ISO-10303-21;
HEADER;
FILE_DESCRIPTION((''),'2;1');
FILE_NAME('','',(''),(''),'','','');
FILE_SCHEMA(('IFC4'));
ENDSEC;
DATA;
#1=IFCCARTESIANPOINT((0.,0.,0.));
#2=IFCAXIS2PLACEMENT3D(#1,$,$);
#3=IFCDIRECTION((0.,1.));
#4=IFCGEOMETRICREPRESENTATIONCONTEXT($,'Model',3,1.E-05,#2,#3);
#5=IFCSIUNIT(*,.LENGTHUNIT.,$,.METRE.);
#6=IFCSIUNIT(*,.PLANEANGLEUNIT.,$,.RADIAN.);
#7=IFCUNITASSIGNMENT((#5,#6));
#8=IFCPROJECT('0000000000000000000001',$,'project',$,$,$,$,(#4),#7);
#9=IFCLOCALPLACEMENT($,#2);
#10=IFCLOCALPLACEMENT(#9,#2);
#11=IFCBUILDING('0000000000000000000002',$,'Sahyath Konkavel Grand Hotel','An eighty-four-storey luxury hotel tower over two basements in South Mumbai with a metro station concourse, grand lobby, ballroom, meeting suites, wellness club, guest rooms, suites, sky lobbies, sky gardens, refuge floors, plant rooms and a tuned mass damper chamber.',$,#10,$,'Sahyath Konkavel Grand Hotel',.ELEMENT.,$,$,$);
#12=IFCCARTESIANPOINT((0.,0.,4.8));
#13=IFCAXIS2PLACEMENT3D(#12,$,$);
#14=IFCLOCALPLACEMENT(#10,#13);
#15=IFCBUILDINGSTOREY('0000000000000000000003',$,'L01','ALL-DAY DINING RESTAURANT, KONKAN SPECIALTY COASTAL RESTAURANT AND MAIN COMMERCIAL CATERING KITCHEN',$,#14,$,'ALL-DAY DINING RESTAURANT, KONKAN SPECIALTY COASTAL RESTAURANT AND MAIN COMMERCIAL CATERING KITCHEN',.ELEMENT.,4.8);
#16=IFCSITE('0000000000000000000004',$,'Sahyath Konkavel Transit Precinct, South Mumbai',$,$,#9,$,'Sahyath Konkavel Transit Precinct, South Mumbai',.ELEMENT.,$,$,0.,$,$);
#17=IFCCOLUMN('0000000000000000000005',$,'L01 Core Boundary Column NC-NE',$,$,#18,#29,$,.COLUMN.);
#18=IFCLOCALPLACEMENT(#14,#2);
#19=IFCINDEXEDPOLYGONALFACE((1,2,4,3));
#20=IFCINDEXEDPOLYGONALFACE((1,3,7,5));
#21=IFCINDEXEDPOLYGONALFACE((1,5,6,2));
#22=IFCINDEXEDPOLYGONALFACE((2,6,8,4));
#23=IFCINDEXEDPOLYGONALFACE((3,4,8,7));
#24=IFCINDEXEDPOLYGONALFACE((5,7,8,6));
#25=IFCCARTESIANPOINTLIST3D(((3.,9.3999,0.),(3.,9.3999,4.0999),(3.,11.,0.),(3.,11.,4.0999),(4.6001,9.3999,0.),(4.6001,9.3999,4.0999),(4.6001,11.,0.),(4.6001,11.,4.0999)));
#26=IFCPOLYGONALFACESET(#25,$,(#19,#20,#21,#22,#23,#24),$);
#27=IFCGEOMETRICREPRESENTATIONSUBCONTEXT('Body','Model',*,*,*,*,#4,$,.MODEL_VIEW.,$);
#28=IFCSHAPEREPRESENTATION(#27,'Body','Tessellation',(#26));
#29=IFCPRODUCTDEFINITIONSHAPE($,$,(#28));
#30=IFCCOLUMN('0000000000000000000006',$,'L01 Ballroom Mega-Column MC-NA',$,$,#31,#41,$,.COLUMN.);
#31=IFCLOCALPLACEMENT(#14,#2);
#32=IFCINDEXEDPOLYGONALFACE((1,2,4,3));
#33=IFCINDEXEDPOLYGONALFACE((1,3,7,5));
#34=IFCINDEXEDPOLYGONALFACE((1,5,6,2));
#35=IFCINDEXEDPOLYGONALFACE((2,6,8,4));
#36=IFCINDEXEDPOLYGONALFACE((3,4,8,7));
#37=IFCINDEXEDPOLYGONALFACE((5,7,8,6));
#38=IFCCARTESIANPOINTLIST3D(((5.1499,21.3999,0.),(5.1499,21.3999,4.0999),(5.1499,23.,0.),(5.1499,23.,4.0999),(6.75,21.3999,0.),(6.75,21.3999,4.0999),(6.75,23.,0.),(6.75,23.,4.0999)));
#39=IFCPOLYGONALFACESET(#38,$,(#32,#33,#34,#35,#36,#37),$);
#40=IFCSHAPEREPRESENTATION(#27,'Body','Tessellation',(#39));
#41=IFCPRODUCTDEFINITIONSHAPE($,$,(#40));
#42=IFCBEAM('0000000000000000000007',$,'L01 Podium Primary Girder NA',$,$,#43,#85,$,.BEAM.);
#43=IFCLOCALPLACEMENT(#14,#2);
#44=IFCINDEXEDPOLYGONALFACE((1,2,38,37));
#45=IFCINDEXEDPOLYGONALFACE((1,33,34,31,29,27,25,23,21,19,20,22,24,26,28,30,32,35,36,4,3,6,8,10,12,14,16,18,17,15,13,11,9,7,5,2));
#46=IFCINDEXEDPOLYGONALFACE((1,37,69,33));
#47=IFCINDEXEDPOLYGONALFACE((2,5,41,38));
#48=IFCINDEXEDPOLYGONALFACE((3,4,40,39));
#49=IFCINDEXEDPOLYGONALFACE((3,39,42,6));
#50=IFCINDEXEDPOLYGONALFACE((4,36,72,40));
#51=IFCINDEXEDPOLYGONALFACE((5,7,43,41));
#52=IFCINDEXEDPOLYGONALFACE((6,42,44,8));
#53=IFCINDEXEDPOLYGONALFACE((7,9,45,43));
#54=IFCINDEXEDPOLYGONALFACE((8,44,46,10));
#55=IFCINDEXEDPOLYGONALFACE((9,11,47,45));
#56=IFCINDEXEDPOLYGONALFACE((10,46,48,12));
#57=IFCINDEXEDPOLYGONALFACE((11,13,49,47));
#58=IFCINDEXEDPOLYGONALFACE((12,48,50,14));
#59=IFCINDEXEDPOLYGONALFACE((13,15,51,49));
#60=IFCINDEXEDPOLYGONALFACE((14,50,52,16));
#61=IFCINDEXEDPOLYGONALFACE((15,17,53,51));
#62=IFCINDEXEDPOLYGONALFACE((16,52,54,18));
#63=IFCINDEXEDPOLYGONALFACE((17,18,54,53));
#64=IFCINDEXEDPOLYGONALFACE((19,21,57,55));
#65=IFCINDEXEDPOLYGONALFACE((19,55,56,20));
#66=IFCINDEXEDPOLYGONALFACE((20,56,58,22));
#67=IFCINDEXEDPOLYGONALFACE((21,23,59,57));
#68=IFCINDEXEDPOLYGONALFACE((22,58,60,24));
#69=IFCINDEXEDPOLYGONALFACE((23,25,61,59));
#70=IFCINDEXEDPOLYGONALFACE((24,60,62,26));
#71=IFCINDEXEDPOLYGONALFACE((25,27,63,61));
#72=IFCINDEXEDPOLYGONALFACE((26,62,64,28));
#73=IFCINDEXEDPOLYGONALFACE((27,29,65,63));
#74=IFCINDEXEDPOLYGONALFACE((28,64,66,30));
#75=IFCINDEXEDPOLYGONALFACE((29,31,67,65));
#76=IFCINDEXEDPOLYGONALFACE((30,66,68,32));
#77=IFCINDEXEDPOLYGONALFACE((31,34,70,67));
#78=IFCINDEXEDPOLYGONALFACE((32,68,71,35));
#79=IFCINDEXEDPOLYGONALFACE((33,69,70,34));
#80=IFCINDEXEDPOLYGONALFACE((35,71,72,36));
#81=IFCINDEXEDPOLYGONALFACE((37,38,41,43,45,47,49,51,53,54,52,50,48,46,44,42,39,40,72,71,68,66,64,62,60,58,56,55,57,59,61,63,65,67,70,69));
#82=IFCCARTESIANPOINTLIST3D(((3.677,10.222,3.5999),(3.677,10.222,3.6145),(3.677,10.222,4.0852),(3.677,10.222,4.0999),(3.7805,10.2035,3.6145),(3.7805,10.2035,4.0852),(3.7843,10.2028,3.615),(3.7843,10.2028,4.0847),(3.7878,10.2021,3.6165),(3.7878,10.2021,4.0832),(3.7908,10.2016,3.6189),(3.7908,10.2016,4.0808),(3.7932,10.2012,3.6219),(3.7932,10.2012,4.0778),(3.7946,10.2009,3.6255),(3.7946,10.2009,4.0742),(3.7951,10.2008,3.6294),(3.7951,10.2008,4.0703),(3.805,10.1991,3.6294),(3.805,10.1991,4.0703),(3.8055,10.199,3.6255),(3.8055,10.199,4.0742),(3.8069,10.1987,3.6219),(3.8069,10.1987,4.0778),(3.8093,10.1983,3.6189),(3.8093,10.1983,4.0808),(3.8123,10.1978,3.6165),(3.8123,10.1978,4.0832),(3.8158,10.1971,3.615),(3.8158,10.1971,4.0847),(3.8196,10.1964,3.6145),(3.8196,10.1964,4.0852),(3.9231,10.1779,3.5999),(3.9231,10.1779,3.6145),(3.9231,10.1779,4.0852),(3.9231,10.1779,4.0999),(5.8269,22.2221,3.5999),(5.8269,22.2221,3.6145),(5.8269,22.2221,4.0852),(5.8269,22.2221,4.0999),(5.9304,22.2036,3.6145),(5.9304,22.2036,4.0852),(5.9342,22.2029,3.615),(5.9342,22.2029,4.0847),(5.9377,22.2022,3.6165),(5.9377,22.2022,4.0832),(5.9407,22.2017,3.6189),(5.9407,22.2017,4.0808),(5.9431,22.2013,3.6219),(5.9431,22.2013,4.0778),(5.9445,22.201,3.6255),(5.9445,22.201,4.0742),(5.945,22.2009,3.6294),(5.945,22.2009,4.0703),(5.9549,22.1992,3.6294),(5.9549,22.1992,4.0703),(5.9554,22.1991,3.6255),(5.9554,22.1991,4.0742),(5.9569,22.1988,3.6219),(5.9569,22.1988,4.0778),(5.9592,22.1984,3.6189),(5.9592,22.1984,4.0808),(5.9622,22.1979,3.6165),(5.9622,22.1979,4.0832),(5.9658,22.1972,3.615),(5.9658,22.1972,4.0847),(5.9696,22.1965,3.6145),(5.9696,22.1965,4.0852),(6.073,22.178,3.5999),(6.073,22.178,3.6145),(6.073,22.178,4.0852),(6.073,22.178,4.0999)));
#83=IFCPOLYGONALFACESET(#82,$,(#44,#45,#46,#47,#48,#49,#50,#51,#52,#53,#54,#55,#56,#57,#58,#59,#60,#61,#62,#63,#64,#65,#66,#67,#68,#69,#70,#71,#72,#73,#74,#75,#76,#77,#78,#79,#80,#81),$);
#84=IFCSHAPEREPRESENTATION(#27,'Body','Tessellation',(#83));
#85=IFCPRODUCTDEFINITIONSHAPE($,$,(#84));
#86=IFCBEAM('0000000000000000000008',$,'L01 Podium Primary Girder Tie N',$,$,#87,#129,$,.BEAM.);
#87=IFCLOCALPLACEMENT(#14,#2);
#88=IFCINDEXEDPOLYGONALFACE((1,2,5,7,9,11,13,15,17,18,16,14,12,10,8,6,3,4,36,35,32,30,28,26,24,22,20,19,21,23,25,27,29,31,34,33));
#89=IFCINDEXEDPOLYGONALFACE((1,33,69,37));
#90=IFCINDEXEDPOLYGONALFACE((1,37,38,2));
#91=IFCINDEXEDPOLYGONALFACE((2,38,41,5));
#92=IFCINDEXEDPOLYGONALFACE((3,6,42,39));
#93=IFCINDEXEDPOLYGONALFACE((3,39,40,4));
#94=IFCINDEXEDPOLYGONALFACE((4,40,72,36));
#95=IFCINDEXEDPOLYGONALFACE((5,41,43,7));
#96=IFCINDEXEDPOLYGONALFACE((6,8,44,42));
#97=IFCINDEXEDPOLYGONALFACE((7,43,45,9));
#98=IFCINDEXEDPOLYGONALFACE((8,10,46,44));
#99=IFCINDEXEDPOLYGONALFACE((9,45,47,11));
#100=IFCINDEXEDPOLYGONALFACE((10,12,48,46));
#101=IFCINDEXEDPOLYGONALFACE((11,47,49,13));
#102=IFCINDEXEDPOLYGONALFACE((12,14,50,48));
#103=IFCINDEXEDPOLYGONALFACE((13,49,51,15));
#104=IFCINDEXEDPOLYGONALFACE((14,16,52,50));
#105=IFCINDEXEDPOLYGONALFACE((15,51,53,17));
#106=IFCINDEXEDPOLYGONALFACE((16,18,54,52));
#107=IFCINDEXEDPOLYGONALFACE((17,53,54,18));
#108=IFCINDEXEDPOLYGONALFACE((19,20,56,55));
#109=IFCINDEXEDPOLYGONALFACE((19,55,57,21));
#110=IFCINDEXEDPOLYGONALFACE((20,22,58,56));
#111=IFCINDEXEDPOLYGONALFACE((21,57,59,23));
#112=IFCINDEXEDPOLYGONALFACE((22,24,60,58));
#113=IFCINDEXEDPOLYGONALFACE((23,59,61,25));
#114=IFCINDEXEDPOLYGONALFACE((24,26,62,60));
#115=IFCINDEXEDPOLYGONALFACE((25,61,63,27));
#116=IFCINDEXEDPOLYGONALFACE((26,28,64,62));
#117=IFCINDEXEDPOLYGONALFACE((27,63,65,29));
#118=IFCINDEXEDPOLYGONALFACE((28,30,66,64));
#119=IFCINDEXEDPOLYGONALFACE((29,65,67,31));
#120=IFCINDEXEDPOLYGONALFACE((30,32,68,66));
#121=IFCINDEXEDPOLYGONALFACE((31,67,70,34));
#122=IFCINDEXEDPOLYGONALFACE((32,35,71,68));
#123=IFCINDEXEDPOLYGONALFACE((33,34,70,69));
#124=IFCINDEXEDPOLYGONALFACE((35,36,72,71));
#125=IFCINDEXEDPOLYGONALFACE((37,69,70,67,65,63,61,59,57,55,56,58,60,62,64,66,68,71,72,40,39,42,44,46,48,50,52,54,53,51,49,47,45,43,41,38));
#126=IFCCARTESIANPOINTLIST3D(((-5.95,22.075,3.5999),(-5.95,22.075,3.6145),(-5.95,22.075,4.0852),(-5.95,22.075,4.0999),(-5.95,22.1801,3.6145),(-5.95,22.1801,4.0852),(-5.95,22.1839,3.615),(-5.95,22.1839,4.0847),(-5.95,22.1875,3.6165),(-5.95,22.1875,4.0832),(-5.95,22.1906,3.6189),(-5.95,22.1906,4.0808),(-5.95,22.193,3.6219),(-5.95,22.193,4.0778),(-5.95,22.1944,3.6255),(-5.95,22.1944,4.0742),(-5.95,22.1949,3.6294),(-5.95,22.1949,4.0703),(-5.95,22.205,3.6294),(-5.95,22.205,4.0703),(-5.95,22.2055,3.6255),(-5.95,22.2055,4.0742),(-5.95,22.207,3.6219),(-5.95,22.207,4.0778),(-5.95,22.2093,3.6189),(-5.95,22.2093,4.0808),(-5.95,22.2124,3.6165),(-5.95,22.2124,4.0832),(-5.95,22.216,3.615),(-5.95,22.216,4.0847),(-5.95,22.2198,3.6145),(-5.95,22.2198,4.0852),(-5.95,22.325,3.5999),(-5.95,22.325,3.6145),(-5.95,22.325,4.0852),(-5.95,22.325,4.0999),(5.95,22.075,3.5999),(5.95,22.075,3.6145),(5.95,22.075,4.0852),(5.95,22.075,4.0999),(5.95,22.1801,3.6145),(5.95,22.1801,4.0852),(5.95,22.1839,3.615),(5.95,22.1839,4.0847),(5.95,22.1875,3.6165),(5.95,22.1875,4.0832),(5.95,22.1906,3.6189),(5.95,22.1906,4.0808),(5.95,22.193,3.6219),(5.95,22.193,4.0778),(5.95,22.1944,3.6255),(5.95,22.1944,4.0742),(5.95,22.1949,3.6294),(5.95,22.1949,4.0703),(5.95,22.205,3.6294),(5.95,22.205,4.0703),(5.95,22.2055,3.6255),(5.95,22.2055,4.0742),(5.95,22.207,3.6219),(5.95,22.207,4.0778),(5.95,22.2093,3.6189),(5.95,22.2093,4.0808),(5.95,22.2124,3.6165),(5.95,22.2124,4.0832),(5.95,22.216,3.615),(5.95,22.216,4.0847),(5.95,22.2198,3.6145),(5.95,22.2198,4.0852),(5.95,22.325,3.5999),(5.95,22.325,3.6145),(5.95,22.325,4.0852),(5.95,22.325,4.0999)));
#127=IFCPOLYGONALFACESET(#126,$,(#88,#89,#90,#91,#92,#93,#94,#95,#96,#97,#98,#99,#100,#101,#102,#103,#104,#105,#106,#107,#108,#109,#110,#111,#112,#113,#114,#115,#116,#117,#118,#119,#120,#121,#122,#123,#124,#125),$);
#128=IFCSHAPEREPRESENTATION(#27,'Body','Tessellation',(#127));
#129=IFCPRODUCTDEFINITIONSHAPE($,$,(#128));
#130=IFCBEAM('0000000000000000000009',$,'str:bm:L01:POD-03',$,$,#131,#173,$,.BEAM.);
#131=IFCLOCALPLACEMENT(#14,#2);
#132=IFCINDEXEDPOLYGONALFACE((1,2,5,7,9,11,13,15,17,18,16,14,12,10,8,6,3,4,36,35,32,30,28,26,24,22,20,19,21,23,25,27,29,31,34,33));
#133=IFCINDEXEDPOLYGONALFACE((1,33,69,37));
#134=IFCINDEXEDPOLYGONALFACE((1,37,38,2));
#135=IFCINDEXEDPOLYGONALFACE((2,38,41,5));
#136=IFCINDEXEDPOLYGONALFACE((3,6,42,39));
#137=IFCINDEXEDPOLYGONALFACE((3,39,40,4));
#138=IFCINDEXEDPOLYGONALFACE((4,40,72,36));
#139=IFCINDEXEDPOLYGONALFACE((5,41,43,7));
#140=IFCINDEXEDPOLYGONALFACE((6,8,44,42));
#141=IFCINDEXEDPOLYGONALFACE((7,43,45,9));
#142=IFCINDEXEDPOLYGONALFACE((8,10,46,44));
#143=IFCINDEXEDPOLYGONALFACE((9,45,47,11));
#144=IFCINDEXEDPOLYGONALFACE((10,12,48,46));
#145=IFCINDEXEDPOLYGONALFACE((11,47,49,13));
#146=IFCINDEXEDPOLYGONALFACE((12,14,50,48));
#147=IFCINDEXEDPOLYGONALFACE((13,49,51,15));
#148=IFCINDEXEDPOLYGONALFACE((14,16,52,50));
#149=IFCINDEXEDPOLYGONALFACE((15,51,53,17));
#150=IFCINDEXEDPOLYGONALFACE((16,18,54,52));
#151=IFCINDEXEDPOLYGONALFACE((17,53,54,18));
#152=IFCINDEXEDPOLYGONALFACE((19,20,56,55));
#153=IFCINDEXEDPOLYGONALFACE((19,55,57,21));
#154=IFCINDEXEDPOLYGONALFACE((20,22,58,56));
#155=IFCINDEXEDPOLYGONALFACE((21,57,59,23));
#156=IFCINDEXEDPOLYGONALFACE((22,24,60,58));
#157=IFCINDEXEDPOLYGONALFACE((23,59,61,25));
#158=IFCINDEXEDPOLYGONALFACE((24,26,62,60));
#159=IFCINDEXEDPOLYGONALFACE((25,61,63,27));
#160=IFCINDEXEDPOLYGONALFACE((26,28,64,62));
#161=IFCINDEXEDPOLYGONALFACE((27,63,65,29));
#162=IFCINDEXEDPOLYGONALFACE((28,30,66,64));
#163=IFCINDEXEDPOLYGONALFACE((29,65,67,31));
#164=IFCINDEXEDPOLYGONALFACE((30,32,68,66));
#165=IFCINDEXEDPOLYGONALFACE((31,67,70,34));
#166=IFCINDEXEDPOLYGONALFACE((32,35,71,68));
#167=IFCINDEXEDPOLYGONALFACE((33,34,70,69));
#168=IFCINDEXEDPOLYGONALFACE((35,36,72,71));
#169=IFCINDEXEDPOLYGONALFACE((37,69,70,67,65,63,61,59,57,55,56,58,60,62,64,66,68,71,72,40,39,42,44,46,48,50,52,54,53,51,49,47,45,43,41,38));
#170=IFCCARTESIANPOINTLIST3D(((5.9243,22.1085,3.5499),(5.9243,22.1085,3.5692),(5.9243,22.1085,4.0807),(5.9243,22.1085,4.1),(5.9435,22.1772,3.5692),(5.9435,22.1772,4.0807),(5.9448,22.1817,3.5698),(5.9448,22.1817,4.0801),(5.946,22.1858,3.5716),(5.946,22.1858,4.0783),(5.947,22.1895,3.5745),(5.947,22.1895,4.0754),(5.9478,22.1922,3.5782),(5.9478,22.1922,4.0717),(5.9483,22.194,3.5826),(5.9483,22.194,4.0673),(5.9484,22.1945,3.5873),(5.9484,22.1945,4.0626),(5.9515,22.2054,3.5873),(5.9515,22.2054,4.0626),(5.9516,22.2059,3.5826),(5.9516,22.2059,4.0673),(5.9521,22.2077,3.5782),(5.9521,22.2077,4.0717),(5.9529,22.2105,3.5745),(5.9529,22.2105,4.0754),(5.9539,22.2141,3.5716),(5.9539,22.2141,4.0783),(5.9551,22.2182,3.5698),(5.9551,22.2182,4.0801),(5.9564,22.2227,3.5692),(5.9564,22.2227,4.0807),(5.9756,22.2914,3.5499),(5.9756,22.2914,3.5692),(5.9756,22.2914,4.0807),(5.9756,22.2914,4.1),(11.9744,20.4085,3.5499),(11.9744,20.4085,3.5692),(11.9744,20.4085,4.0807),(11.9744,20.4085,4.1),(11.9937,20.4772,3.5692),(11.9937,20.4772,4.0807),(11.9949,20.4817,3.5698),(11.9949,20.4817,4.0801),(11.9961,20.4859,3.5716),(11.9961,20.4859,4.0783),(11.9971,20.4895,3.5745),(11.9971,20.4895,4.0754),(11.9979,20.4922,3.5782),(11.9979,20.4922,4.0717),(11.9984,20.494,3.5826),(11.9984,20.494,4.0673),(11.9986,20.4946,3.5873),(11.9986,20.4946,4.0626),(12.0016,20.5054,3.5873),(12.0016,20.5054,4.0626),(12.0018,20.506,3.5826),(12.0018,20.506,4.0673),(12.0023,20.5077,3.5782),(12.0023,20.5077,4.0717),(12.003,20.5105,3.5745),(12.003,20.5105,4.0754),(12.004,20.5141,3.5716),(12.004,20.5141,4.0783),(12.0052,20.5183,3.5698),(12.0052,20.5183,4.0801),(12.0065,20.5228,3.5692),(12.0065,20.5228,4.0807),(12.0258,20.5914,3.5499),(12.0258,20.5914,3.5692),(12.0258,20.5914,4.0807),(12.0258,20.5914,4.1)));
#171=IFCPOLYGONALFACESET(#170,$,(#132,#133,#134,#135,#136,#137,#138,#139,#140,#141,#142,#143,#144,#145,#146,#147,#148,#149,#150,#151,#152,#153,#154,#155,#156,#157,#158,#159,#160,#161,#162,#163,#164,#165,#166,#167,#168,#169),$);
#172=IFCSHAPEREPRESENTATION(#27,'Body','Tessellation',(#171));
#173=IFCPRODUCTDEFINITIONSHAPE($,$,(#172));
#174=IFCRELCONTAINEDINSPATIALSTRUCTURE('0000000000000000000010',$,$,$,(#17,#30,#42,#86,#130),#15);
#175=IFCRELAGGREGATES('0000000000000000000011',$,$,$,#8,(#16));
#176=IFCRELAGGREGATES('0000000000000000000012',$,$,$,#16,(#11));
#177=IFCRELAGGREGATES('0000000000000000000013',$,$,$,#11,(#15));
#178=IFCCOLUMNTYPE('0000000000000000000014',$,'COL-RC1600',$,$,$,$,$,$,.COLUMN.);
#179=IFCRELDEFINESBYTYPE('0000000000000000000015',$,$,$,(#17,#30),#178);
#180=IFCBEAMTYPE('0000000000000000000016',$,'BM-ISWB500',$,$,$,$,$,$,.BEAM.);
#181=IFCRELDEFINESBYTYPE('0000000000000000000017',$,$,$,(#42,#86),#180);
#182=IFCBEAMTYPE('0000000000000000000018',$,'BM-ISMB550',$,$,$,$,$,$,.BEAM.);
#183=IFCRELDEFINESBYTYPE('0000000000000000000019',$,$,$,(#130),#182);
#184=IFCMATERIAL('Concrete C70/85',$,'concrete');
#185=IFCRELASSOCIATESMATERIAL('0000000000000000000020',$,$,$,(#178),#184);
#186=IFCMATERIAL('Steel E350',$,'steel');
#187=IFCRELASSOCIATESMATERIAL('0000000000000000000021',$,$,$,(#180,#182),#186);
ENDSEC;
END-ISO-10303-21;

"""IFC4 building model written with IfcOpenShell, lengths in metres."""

from ifc_helpers import new_model, si_unit, direction, frame, origin, origin_2d, place, context, subcontext, project, spatial, rectangle, i_section, extrude, source, transform, mapped, material, material_profile, profile_set, type_object, element, save


model = new_model("IFC4")

# Units and contexts
model_context = context("Model", 3, precision=1e-05, world=origin(), true_north=direction((0.0, 1.0)))
body_context = subcontext(model_context, "Body", "Model", "MODEL_VIEW")
ifc_project = project(units=[si_unit("LENGTHUNIT", "METRE"), si_unit("PLANEANGLEUNIT", "RADIAN")], contexts=[model_context])

# Site, building, storey
site_placement = place(None, origin())
site = spatial("IfcSite", under=ifc_project, at=site_placement, Name="Sahyath Konkavel Transit Precinct, South Mumbai", LongName="Sahyath Konkavel Transit Precinct, South Mumbai", CompositionType="ELEMENT", RefElevation=0.0)
building_placement = place(site_placement, origin())
building = spatial("IfcBuilding", under=site, at=building_placement, Name="Sahyath Konkavel Grand Hotel", Description="An eighty-four-storey luxury hotel tower over two basements in South Mumbai with a metro station concourse, grand lobby, ballroom, meeting suites, wellness club, guest rooms, suites, sky lobbies, sky gardens, refuge floors, plant rooms and a tuned mass damper chamber.", LongName="Sahyath Konkavel Grand Hotel", CompositionType="ELEMENT")
storey_placement = place(building_placement, frame((0.0, 0.0, 4.8)))
storey = spatial("IfcBuildingStorey", under=building, at=storey_placement, Name="L01", Description="ALL-DAY DINING RESTAURANT, KONKAN SPECIALTY COASTAL RESTAURANT AND MAIN COMMERCIAL CATERING KITCHEN", LongName="ALL-DAY DINING RESTAURANT, KONKAN SPECIALTY COASTAL RESTAURANT AND MAIN COMMERCIAL CATERING KITCHEN", CompositionType="ELEMENT", Elevation=4.8)

# Columns
ifc_material_1 = material(Name="Concrete C70/85", Category="concrete")
ifc_material_profile_1 = material_profile(ifc_material_1, rectangle(XDim=1.6001, YDim=1.6001, at=origin_2d()), Name="RC 1600x1600")
ifc_profile_set_1 = profile_set([ifc_material_profile_1], Name="Concrete C70/85")
column_type = type_object("IfcColumnType", Name="COL-RC1600", PredefinedType="COLUMN", material=ifc_profile_set_1)
shared_shape_1 = source(origin(), body_context, "Body", "SweptSolid", [
    extrude(rectangle(XDim=1.6001, YDim=1.6001, at=origin_2d()), origin(), (0.0, 0.0, 1.0), 4.0999),
])
for number, where, z_axis, x_axis, name in (
    (1, (3.8, 10.2, 0.0), (0.0, 0.0, 1.0), (1.0, 0.0, 0.0), "L01 Core Boundary Column NC-NE"),
    (2, (5.95, 22.2, 0.0), (0.0, 0.0, 1.0), (1.0, 0.0, 0.0), "L01 Ballroom Mega-Column MC-NA"),
):
    element("IfcColumn", number, at=place(storey_placement, frame(where, z_axis=z_axis, x_axis=x_axis)), inside=storey, type_object=column_type, Name=name, PredefinedType="COLUMN", context=body_context, shape_type="MappedRepresentation", body=[
        mapped(shared_shape_1, transform((0.0, 0.0, 0.0), scale=1.0)),
    ])

# Beams
ifc_material_2 = material(Name="Steel E350", Category="steel")
ifc_material_profile_2 = material_profile(ifc_material_2, i_section(OverallWidth=0.25, OverallDepth=0.5, WebThickness=0.01, FlangeThickness=0.0146, FilletRadius=0.0149, at=origin_2d()), Name="ISWB 500")
ifc_profile_set_2 = profile_set([ifc_material_profile_2], Name="Steel E350")
beam_type_1 = type_object("IfcBeamType", Name="BM-ISWB500", PredefinedType="BEAM", material=ifc_profile_set_2)
shared_shape_2 = source(origin(), body_context, "Body", "SweptSolid", [
    extrude(i_section(OverallWidth=0.25, OverallDepth=0.5, WebThickness=0.01, FlangeThickness=0.0146, FilletRadius=0.0149, at=origin_2d()), origin(), (0.0, 0.0, 1.0), 12.1912),
])
beam_1_placement = place(storey_placement, frame((3.8, 10.2, 3.8499), z_axis=(0.176351, 0.984327, 0.0), x_axis=(-0.984327, 0.176351, 0.0)))
element("IfcBeam", 3, at=beam_1_placement, inside=storey, type_object=beam_type_1, Name="L01 Podium Primary Girder NA", PredefinedType="BEAM", context=body_context, shape_type="MappedRepresentation", body=[
    mapped(shared_shape_2, transform((0.0, 0.0, 0.0), scale=1.0)),
])
shared_shape_3 = source(origin(), body_context, "Body", "SweptSolid", [
    extrude(i_section(OverallWidth=0.25, OverallDepth=0.5, WebThickness=0.01, FlangeThickness=0.0146, FilletRadius=0.0149, at=origin_2d()), origin(), (0.0, 0.0, 1.0), 11.8999),
])
beam_2_placement = place(storey_placement, frame((5.95, 22.2, 3.8499), z_axis=(-1.0, 0.0, 0.0), x_axis=(0.0, -1.0, 0.0)))
element("IfcBeam", 4, at=beam_2_placement, inside=storey, type_object=beam_type_1, Name="L01 Podium Primary Girder Tie N", PredefinedType="BEAM", context=body_context, shape_type="MappedRepresentation", body=[
    mapped(shared_shape_3, transform((0.0, 0.0, 0.0), scale=1.0)),
])
ifc_material_profile_3 = material_profile(ifc_material_2, i_section(OverallWidth=0.1899, OverallDepth=0.55, WebThickness=0.0112, FlangeThickness=0.0193, FilletRadius=0.0181, at=origin_2d()), Name="ISMB 550")
ifc_profile_set_3 = profile_set([ifc_material_profile_3], Name="Steel E350")
beam_type_2 = type_object("IfcBeamType", Name="BM-ISMB550", PredefinedType="BEAM", material=ifc_profile_set_3)
shared_shape_4 = source(origin(), body_context, "Body", "SweptSolid", [
    extrude(i_section(OverallWidth=0.1899, OverallDepth=0.55, WebThickness=0.0112, FlangeThickness=0.0193, FilletRadius=0.0181, at=origin_2d()), origin(), (0.0, 0.0, 1.0), 6.2844),
])
beam_3_placement = place(storey_placement, frame((5.95, 22.2, 3.825), z_axis=(0.962718, -0.270506, 0.0), x_axis=(0.270506, 0.962718, 0.0)))
element("IfcBeam", 5, at=beam_3_placement, inside=storey, type_object=beam_type_2, Name="str:bm:L01:POD-03", PredefinedType="BEAM", context=body_context, shape_type="MappedRepresentation", body=[
    mapped(shared_shape_4, transform((0.0, 0.0, 0.0), scale=1.0)),
])

save(model, "model.ifc")
